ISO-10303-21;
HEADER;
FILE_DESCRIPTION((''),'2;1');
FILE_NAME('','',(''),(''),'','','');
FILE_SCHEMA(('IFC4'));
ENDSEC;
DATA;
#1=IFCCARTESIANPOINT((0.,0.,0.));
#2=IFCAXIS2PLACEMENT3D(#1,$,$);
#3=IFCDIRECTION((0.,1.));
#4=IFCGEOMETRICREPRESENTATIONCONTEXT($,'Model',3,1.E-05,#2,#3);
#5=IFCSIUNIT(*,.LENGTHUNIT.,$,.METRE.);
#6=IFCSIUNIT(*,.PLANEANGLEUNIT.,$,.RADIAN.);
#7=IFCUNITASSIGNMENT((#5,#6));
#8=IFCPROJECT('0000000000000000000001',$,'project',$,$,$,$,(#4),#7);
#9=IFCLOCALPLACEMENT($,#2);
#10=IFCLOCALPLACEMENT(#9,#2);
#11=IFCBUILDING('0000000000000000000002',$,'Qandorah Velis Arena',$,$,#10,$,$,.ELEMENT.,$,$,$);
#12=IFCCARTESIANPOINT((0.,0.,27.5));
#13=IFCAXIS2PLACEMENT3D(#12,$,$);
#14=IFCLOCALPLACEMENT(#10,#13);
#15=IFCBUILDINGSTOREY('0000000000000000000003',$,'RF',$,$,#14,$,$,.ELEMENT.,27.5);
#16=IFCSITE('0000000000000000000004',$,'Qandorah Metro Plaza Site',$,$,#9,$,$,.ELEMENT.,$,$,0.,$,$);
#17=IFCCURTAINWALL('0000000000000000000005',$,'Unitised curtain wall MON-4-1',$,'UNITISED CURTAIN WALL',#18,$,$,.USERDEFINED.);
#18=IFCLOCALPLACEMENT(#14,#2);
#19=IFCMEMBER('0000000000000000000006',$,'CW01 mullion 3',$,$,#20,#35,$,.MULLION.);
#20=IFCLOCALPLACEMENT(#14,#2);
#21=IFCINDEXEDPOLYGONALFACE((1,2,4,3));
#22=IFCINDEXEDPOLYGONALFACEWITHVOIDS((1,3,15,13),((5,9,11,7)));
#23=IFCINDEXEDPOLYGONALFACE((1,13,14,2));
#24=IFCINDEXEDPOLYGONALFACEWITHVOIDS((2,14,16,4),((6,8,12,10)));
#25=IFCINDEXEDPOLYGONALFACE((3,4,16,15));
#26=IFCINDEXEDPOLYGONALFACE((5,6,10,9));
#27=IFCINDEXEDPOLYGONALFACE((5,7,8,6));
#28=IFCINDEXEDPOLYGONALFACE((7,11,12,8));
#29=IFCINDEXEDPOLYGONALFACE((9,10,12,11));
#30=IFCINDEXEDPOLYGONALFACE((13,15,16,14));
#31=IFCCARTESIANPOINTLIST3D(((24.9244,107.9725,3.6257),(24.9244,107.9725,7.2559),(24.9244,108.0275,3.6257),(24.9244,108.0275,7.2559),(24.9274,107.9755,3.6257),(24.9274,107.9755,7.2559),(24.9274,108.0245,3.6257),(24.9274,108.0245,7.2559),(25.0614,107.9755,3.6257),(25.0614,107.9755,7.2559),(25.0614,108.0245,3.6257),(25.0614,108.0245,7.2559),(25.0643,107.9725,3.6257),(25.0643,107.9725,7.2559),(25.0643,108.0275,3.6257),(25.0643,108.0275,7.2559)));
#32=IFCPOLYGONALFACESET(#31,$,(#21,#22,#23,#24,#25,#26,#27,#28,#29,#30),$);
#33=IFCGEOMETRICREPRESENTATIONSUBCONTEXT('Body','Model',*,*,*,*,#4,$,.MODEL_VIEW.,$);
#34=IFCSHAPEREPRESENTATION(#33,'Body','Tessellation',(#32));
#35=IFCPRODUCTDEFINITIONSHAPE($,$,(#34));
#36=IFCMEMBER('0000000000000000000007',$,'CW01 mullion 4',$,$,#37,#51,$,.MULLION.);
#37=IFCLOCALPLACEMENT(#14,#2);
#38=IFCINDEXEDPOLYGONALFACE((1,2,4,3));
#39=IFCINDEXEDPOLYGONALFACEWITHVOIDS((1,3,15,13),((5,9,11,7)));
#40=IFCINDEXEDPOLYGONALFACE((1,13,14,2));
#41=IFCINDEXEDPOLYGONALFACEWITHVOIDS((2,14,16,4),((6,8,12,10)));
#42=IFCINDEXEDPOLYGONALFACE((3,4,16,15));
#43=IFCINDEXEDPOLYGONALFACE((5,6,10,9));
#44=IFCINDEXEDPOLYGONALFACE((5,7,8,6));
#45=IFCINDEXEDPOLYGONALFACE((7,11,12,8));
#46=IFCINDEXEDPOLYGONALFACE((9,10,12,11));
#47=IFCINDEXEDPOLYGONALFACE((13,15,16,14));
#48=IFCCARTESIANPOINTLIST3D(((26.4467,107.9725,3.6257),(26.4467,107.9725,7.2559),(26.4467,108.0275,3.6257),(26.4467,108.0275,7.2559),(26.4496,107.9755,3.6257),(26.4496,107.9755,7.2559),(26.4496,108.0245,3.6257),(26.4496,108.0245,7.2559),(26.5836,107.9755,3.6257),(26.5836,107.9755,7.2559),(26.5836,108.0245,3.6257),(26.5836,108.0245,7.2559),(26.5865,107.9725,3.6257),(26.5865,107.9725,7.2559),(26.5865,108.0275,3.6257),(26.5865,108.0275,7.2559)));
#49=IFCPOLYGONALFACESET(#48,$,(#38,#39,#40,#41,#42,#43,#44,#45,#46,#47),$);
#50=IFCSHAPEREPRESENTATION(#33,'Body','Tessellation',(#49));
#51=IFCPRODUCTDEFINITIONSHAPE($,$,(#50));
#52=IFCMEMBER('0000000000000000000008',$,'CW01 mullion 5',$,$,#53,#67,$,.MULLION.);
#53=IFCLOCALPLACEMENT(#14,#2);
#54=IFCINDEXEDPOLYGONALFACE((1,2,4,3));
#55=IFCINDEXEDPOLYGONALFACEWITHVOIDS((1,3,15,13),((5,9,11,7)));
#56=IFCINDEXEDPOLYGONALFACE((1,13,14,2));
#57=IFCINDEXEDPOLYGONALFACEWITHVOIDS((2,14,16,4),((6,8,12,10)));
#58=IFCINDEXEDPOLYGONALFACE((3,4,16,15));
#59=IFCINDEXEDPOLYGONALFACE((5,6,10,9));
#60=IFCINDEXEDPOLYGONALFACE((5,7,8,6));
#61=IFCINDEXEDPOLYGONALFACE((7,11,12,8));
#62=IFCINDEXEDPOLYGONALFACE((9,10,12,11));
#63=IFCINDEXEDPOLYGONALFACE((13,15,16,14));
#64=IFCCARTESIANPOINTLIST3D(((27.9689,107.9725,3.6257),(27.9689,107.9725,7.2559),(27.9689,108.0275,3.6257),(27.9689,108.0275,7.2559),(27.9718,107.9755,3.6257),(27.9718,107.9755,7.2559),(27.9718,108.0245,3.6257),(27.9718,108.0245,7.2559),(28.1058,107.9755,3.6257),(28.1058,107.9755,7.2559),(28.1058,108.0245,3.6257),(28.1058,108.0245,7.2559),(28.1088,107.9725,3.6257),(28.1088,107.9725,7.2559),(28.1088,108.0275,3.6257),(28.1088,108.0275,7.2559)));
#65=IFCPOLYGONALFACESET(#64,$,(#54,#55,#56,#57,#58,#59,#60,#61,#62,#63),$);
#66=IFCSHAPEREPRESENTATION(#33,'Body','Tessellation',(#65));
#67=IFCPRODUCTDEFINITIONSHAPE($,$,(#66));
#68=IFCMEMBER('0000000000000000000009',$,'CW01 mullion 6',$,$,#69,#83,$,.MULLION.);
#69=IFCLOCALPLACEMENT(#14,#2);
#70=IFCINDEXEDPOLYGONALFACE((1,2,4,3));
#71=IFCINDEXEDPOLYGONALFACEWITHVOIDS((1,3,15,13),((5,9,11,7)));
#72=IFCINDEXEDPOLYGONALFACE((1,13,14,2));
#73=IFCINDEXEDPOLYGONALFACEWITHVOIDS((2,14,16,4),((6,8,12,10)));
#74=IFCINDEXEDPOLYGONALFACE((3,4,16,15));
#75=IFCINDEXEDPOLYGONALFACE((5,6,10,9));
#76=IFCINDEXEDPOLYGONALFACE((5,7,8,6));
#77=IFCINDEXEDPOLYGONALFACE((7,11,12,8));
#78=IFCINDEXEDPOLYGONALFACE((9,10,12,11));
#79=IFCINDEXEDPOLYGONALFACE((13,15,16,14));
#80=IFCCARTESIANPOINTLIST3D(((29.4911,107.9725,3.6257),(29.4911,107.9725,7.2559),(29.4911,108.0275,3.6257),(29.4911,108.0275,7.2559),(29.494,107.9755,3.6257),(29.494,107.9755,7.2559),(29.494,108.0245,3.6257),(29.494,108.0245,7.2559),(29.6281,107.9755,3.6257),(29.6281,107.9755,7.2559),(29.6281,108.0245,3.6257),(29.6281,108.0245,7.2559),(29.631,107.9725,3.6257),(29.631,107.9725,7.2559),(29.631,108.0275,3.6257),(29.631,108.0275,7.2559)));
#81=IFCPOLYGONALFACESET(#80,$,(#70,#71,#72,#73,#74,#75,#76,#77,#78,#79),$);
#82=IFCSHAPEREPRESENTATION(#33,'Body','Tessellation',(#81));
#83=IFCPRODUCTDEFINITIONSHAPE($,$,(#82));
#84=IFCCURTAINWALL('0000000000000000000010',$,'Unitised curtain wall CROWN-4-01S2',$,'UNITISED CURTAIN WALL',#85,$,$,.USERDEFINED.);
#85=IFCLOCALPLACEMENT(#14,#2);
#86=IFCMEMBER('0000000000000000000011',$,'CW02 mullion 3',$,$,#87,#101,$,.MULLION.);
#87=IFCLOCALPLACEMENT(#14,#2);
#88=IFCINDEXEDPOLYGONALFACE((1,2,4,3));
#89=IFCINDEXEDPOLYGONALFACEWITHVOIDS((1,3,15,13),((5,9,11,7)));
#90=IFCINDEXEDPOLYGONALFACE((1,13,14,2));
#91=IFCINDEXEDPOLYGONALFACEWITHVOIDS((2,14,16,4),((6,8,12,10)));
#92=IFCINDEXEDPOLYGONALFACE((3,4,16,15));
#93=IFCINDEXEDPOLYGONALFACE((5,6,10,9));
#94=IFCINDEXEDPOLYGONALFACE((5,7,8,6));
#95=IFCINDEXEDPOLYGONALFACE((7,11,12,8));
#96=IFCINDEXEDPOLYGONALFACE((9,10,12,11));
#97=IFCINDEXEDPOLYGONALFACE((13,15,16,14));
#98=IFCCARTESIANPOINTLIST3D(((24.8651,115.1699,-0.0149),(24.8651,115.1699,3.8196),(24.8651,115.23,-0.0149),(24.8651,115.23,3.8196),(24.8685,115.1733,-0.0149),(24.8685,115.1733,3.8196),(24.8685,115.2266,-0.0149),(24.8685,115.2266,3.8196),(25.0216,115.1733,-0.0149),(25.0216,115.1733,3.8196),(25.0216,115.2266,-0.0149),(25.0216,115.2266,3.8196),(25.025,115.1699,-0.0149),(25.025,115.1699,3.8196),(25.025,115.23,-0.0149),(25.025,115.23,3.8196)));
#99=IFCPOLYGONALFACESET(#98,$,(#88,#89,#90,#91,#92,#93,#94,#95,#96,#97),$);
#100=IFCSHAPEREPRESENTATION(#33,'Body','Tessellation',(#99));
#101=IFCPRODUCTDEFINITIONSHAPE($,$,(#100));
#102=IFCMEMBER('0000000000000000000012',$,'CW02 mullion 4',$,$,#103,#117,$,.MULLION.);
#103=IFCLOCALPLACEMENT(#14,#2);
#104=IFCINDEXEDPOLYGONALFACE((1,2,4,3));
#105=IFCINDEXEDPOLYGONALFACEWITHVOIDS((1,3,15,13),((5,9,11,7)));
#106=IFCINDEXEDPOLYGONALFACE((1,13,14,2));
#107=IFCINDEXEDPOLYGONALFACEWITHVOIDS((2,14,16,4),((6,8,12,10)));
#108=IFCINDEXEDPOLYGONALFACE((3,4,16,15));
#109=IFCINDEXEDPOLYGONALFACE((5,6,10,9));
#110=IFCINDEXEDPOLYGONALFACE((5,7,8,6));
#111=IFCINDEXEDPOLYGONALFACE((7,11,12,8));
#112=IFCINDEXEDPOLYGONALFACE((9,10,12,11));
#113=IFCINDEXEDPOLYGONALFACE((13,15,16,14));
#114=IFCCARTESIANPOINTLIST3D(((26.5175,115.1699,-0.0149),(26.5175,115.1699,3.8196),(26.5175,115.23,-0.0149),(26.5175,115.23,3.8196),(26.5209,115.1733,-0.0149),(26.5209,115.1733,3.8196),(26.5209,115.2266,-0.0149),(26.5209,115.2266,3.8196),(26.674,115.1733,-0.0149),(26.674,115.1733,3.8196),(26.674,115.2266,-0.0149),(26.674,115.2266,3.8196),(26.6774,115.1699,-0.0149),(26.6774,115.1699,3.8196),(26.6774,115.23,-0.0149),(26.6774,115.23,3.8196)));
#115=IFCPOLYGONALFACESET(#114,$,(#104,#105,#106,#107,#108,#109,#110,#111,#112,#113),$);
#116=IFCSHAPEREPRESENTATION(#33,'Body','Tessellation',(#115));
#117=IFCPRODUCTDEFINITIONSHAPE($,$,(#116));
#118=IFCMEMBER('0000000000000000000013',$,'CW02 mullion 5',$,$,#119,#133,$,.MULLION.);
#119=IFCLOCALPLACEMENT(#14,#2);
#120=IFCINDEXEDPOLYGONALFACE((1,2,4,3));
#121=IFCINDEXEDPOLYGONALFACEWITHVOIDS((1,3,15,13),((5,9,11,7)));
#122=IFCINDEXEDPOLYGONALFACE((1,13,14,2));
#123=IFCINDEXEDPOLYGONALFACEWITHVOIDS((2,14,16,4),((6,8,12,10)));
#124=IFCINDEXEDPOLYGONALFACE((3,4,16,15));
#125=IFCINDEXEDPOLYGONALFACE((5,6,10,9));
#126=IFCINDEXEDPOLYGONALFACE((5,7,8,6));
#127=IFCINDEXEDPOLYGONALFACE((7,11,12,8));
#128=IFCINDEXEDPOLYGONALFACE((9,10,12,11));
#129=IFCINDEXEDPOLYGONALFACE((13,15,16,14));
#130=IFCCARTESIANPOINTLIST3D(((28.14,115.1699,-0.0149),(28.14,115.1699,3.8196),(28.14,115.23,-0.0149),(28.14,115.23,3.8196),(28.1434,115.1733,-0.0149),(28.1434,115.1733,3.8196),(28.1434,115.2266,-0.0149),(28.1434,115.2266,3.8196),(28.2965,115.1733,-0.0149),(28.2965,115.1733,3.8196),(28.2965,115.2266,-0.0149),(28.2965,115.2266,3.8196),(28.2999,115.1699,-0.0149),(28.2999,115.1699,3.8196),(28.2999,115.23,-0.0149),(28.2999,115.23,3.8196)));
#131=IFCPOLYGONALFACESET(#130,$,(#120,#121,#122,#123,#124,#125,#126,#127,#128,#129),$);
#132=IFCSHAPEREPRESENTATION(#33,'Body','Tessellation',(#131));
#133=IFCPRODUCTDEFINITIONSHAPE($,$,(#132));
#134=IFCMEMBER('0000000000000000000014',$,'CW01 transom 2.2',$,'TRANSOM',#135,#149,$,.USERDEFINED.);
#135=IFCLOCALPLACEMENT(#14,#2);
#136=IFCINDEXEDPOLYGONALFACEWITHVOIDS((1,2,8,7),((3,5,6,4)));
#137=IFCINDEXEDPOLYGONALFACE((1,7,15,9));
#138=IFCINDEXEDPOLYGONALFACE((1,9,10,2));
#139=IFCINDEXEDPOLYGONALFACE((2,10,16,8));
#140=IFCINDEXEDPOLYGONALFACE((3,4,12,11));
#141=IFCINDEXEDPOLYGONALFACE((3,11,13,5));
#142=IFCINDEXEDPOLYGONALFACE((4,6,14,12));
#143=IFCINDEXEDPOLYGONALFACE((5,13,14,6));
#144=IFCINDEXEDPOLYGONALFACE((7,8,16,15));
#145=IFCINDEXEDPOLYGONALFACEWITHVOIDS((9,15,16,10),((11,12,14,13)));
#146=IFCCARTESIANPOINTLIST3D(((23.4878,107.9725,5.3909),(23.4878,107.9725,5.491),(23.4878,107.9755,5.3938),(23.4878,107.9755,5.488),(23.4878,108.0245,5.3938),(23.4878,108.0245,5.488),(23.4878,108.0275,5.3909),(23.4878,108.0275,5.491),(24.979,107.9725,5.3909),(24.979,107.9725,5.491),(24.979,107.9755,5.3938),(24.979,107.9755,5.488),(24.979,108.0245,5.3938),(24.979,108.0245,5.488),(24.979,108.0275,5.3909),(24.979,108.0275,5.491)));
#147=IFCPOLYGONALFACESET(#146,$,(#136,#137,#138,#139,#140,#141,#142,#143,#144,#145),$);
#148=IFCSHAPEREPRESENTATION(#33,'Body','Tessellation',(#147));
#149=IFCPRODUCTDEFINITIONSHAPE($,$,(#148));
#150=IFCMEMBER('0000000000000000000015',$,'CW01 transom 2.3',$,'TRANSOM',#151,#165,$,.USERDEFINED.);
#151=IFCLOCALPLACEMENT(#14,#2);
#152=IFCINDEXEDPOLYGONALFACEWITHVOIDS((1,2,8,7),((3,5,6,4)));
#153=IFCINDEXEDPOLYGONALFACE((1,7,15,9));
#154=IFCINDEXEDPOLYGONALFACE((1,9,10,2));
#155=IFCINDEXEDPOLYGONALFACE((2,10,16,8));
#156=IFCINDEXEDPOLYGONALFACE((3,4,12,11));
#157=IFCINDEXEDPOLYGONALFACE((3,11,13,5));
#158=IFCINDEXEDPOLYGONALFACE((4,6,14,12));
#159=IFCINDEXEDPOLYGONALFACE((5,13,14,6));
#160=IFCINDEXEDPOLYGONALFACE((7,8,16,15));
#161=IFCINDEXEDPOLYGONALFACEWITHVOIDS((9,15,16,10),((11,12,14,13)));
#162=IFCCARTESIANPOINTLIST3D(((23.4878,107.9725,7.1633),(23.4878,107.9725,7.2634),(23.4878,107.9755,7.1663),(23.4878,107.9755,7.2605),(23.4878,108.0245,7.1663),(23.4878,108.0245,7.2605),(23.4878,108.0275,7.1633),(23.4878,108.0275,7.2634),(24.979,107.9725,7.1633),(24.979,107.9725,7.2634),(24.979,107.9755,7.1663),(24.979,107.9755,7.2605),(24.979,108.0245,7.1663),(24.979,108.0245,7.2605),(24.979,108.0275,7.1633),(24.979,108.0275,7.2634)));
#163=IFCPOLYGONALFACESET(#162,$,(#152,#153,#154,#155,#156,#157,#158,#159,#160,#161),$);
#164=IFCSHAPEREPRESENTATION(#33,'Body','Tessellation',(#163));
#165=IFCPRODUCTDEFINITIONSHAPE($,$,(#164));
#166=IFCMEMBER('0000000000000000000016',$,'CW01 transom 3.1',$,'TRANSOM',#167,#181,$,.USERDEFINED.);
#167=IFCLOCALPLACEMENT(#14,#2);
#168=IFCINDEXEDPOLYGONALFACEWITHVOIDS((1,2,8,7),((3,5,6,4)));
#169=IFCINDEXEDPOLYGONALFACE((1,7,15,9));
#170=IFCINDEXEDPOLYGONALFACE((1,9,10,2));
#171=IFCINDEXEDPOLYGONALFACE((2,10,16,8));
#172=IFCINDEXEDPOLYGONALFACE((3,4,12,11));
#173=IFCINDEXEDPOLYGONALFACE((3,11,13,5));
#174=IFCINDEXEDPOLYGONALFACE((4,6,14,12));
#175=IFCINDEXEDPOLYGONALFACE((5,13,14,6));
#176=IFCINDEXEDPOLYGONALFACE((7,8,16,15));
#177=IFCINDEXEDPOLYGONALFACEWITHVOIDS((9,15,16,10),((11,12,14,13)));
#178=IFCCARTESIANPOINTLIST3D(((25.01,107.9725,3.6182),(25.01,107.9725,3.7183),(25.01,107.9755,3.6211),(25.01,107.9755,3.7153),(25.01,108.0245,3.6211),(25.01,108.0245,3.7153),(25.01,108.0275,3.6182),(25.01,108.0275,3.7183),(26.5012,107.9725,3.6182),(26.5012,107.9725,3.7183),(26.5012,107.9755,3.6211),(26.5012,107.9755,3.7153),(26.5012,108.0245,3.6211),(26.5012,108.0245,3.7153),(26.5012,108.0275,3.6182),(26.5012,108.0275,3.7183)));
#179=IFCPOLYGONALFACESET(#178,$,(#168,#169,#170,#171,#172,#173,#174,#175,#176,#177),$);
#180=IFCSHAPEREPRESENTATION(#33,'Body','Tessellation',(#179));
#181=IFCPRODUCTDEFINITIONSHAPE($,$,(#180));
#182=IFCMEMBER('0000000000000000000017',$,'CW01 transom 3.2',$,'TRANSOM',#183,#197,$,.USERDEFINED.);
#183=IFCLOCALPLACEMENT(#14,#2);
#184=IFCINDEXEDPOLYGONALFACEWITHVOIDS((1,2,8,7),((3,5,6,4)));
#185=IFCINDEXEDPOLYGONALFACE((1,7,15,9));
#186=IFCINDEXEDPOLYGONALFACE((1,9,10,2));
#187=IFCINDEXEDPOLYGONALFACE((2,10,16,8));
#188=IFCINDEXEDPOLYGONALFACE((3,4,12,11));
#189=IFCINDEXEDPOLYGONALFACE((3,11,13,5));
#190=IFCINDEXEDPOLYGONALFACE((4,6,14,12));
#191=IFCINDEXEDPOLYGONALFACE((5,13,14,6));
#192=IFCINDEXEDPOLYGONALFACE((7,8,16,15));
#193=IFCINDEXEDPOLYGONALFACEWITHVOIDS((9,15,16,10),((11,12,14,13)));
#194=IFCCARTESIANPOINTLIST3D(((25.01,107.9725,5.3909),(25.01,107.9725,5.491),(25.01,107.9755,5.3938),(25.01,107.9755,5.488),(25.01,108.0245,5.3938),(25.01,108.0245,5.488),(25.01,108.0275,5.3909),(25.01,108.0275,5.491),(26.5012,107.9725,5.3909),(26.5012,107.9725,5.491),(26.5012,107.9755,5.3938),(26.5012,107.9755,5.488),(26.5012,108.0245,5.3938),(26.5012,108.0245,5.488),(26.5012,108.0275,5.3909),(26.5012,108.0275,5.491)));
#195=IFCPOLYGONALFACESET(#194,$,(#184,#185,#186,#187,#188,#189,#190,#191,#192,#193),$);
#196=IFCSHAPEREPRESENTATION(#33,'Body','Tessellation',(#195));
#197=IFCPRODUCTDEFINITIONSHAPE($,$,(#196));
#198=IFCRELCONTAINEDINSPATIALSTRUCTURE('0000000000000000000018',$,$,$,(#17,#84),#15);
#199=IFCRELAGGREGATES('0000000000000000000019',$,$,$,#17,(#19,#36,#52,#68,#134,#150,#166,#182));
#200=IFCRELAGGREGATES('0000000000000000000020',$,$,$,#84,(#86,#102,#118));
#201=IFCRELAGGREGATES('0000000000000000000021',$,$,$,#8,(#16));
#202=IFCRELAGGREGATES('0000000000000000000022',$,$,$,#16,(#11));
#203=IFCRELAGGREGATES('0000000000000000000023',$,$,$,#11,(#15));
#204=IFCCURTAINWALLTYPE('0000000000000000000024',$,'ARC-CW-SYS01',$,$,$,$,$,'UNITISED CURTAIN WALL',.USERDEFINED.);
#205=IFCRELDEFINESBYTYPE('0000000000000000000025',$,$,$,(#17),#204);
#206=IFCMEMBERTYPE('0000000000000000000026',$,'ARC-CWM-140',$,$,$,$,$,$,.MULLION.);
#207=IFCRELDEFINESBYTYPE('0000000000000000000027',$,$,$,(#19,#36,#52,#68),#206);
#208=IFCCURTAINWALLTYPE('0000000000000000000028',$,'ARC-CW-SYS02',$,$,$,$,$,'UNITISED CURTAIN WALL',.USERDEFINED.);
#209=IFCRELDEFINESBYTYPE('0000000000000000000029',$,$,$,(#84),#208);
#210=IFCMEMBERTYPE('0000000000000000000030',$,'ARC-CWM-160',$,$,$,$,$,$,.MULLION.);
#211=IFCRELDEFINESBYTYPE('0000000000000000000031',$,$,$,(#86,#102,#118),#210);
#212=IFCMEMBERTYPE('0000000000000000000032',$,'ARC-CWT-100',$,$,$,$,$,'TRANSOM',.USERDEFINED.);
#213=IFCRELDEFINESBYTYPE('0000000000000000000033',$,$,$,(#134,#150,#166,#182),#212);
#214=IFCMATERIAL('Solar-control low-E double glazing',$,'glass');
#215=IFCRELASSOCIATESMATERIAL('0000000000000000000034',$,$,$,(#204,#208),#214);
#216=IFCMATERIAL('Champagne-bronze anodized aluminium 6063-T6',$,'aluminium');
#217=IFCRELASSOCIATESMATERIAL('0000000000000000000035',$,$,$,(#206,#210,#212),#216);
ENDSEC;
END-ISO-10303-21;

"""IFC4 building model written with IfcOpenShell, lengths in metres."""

from ifc_helpers import new_model, si_unit, direction, frame, origin, origin_2d, place, context, subcontext, project, spatial, hollow_rectangle, extrude, material, material_profile, profile_set, type_object, element, aggregate, save


model = new_model("IFC4")

# Units and contexts
model_context = context("Model", 3, precision=1e-05, world=origin(), true_north=direction((0.0, 1.0)))
body_context = subcontext(model_context, "Body", "Model", "MODEL_VIEW")
ifc_project = project(units=[si_unit("LENGTHUNIT", "METRE"), si_unit("PLANEANGLEUNIT", "RADIAN")], contexts=[model_context])

# Site, building, storey
site_placement = place(None, origin())
site = spatial("IfcSite", under=ifc_project, at=site_placement, Name="Qandorah Metro Plaza Site", CompositionType="ELEMENT", RefElevation=0.0)
building_placement = place(site_placement, origin())
building = spatial("IfcBuilding", under=site, at=building_placement, Name="Qandorah Velis Arena", CompositionType="ELEMENT")
storey_placement = place(building_placement, frame((0.0, 0.0, 27.5)))
storey = spatial("IfcBuildingStorey", under=building, at=storey_placement, Name="RF", CompositionType="ELEMENT", Elevation=27.5)

# Curtain walls, members
ifc_material_1 = material(Name="Solar-control low-E double glazing", Category="glass")
curtain_wall_type_1 = type_object("IfcCurtainWallType", Name="ARC-CW-SYS01", ElementType="UNITISED CURTAIN WALL", PredefinedType="USERDEFINED", material=ifc_material_1)
curtain_wall_1_placement = place(storey_placement, origin())
curtain_wall_1 = element("IfcCurtainWall", 1, at=curtain_wall_1_placement, inside=storey, type_object=curtain_wall_type_1, Name="Unitised curtain wall MON-4-1", ObjectType="UNITISED CURTAIN WALL", PredefinedType="USERDEFINED")
ifc_material_2 = material(Name="Champagne-bronze anodized aluminium 6063-T6", Category="aluminium")
ifc_material_profile_1 = material_profile(ifc_material_2, hollow_rectangle(XDim=0.0549, YDim=0.1399, WallThickness=0.0029, at=origin_2d()), Name="ALU MULLION 55x140")
ifc_profile_set_1 = profile_set([ifc_material_profile_1], Name="Champagne-bronze anodized aluminium 6063-T6")
member_type_1 = type_object("IfcMemberType", Name="ARC-CWM-140", PredefinedType="MULLION", material=ifc_profile_set_1)
member_1_placement = place(storey_placement, frame((24.9944, 108.0, 3.6257), z_axis=(0.0, 0.0, 1.0), x_axis=(0.0, 1.0, 0.0)))
member_1 = element("IfcMember", 2, at=member_1_placement, type_object=member_type_1, Name="CW01 mullion 3", PredefinedType="MULLION", context=body_context, shape_type="SweptSolid", body=[
    extrude(hollow_rectangle(XDim=0.0549, YDim=0.1399, WallThickness=0.0029, at=origin_2d()), origin(), (0.0, 0.0, 1.0), 3.6301),
])
member_2_placement = place(storey_placement, frame((26.5166, 108.0, 3.6257), z_axis=(0.0, 0.0, 1.0), x_axis=(0.0, 1.0, 0.0)))
member_2 = element("IfcMember", 3, at=member_2_placement, type_object=member_type_1, Name="CW01 mullion 4", PredefinedType="MULLION", context=body_context, shape_type="SweptSolid", body=[
    extrude(hollow_rectangle(XDim=0.0549, YDim=0.1399, WallThickness=0.0029, at=origin_2d()), origin(), (0.0, 0.0, 1.0), 3.6301),
])
member_3_placement = place(storey_placement, frame((28.0388, 108.0, 3.6257), z_axis=(0.0, 0.0, 1.0), x_axis=(0.0, 1.0, 0.0)))
member_3 = element("IfcMember", 4, at=member_3_placement, type_object=member_type_1, Name="CW01 mullion 5", PredefinedType="MULLION", context=body_context, shape_type="SweptSolid", body=[
    extrude(hollow_rectangle(XDim=0.0549, YDim=0.1399, WallThickness=0.0029, at=origin_2d()), origin(), (0.0, 0.0, 1.0), 3.6301),
])
member_4_placement = place(storey_placement, frame((29.561, 108.0, 3.6257), z_axis=(0.0, 0.0, 1.0), x_axis=(0.0, 1.0, 0.0)))
member_4 = element("IfcMember", 5, at=member_4_placement, type_object=member_type_1, Name="CW01 mullion 6", PredefinedType="MULLION", context=body_context, shape_type="SweptSolid", body=[
    extrude(hollow_rectangle(XDim=0.0549, YDim=0.1399, WallThickness=0.0029, at=origin_2d()), origin(), (0.0, 0.0, 1.0), 3.6301),
])
curtain_wall_type_2 = type_object("IfcCurtainWallType", Name="ARC-CW-SYS02", ElementType="UNITISED CURTAIN WALL", PredefinedType="USERDEFINED", material=ifc_material_1)
curtain_wall_2_placement = place(storey_placement, origin())
curtain_wall_2 = element("IfcCurtainWall", 6, at=curtain_wall_2_placement, inside=storey, type_object=curtain_wall_type_2, Name="Unitised curtain wall CROWN-4-01S2", ObjectType="UNITISED CURTAIN WALL", PredefinedType="USERDEFINED")
ifc_material_profile_2 = material_profile(ifc_material_2, hollow_rectangle(XDim=0.0601, YDim=0.1599, WallThickness=0.0034, at=origin_2d()), Name="ALU MULLION 60x160")
ifc_profile_set_2 = profile_set([ifc_material_profile_2], Name="Champagne-bronze anodized aluminium 6063-T6")
member_type_2 = type_object("IfcMemberType", Name="ARC-CWM-160", PredefinedType="MULLION", material=ifc_profile_set_2)
member_5_placement = place(storey_placement, frame((24.9451, 115.2, -0.0149), z_axis=(0.0, 0.0, 1.0), x_axis=(0.0, 1.0, 0.0)))
member_5 = element("IfcMember", 7, at=member_5_placement, type_object=member_type_2, Name="CW02 mullion 3", PredefinedType="MULLION", context=body_context, shape_type="SweptSolid", body=[
    extrude(hollow_rectangle(XDim=0.0601, YDim=0.1599, WallThickness=0.0034, at=origin_2d()), origin(), (0.0, 0.0, 1.0), 3.8345),
])
member_6_placement = place(storey_placement, frame((26.5974, 115.2, -0.0149), z_axis=(0.0, 0.0, 1.0), x_axis=(0.0, 1.0, 0.0)))
member_6 = element("IfcMember", 8, at=member_6_placement, type_object=member_type_2, Name="CW02 mullion 4", PredefinedType="MULLION", context=body_context, shape_type="SweptSolid", body=[
    extrude(hollow_rectangle(XDim=0.0601, YDim=0.1599, WallThickness=0.0034, at=origin_2d()), origin(), (0.0, 0.0, 1.0), 3.8345),
])
member_7_placement = place(storey_placement, frame((28.22, 115.2, -0.0149), z_axis=(0.0, 0.0, 1.0), x_axis=(0.0, 1.0, 0.0)))
member_7 = element("IfcMember", 9, at=member_7_placement, type_object=member_type_2, Name="CW02 mullion 5", PredefinedType="MULLION", context=body_context, shape_type="SweptSolid", body=[
    extrude(hollow_rectangle(XDim=0.0601, YDim=0.1599, WallThickness=0.0034, at=origin_2d()), origin(), (0.0, 0.0, 1.0), 3.8345),
])

# Members
ifc_material_profile_3 = material_profile(ifc_material_2, hollow_rectangle(XDim=0.0549, YDim=0.1001, WallThickness=0.0029, at=origin_2d()), Name="ALU TRANSOM 55x100")
ifc_profile_set_3 = profile_set([ifc_material_profile_3], Name="Champagne-bronze anodized aluminium 6063-T6")
member_type_3 = type_object("IfcMemberType", Name="ARC-CWT-100", ElementType="TRANSOM", PredefinedType="USERDEFINED", material=ifc_profile_set_3)
member_8_placement = place(storey_placement, frame((23.4878, 108.0, 5.4409), z_axis=(1.0, 0.0, 0.0), x_axis=(0.0, 1.0, 0.0)))
member_8 = element("IfcMember", 10, at=member_8_placement, type_object=member_type_3, Name="CW01 transom 2.2", ObjectType="TRANSOM", PredefinedType="USERDEFINED", context=body_context, shape_type="SweptSolid", body=[
    extrude(hollow_rectangle(XDim=0.0549, YDim=0.1001, WallThickness=0.0029, at=origin_2d()), origin(), (0.0, 0.0, 1.0), 1.4912),
])
member_9_placement = place(storey_placement, frame((23.4878, 108.0, 7.2134), z_axis=(1.0, 0.0, 0.0), x_axis=(0.0, 1.0, 0.0)))
member_9 = element("IfcMember", 11, at=member_9_placement, type_object=member_type_3, Name="CW01 transom 2.3", ObjectType="TRANSOM", PredefinedType="USERDEFINED", context=body_context, shape_type="SweptSolid", body=[
    extrude(hollow_rectangle(XDim=0.0549, YDim=0.1001, WallThickness=0.0029, at=origin_2d()), origin(), (0.0, 0.0, 1.0), 1.4912),
])
member_10_placement = place(storey_placement, frame((25.01, 108.0, 3.6682), z_axis=(1.0, 0.0, 0.0), x_axis=(0.0, 1.0, 0.0)))
member_10 = element("IfcMember", 12, at=member_10_placement, type_object=member_type_3, Name="CW01 transom 3.1", ObjectType="TRANSOM", PredefinedType="USERDEFINED", context=body_context, shape_type="SweptSolid", body=[
    extrude(hollow_rectangle(XDim=0.0549, YDim=0.1001, WallThickness=0.0029, at=origin_2d()), origin(), (0.0, 0.0, 1.0), 1.4912),
])
member_11_placement = place(storey_placement, frame((25.01, 108.0, 5.4409), z_axis=(1.0, 0.0, 0.0), x_axis=(0.0, 1.0, 0.0)))
member_11 = element("IfcMember", 13, at=member_11_placement, type_object=member_type_3, Name="CW01 transom 3.2", ObjectType="TRANSOM", PredefinedType="USERDEFINED", context=body_context, shape_type="SweptSolid", body=[
    extrude(hollow_rectangle(XDim=0.0549, YDim=0.1001, WallThickness=0.0029, at=origin_2d()), origin(), (0.0, 0.0, 1.0), 1.4912),
])

aggregate(curtain_wall_1, [member_1, member_2, member_3, member_4, member_8, member_9, member_10, member_11])
aggregate(curtain_wall_2, [member_5, member_6, member_7])

save(model, "model.ifc")
